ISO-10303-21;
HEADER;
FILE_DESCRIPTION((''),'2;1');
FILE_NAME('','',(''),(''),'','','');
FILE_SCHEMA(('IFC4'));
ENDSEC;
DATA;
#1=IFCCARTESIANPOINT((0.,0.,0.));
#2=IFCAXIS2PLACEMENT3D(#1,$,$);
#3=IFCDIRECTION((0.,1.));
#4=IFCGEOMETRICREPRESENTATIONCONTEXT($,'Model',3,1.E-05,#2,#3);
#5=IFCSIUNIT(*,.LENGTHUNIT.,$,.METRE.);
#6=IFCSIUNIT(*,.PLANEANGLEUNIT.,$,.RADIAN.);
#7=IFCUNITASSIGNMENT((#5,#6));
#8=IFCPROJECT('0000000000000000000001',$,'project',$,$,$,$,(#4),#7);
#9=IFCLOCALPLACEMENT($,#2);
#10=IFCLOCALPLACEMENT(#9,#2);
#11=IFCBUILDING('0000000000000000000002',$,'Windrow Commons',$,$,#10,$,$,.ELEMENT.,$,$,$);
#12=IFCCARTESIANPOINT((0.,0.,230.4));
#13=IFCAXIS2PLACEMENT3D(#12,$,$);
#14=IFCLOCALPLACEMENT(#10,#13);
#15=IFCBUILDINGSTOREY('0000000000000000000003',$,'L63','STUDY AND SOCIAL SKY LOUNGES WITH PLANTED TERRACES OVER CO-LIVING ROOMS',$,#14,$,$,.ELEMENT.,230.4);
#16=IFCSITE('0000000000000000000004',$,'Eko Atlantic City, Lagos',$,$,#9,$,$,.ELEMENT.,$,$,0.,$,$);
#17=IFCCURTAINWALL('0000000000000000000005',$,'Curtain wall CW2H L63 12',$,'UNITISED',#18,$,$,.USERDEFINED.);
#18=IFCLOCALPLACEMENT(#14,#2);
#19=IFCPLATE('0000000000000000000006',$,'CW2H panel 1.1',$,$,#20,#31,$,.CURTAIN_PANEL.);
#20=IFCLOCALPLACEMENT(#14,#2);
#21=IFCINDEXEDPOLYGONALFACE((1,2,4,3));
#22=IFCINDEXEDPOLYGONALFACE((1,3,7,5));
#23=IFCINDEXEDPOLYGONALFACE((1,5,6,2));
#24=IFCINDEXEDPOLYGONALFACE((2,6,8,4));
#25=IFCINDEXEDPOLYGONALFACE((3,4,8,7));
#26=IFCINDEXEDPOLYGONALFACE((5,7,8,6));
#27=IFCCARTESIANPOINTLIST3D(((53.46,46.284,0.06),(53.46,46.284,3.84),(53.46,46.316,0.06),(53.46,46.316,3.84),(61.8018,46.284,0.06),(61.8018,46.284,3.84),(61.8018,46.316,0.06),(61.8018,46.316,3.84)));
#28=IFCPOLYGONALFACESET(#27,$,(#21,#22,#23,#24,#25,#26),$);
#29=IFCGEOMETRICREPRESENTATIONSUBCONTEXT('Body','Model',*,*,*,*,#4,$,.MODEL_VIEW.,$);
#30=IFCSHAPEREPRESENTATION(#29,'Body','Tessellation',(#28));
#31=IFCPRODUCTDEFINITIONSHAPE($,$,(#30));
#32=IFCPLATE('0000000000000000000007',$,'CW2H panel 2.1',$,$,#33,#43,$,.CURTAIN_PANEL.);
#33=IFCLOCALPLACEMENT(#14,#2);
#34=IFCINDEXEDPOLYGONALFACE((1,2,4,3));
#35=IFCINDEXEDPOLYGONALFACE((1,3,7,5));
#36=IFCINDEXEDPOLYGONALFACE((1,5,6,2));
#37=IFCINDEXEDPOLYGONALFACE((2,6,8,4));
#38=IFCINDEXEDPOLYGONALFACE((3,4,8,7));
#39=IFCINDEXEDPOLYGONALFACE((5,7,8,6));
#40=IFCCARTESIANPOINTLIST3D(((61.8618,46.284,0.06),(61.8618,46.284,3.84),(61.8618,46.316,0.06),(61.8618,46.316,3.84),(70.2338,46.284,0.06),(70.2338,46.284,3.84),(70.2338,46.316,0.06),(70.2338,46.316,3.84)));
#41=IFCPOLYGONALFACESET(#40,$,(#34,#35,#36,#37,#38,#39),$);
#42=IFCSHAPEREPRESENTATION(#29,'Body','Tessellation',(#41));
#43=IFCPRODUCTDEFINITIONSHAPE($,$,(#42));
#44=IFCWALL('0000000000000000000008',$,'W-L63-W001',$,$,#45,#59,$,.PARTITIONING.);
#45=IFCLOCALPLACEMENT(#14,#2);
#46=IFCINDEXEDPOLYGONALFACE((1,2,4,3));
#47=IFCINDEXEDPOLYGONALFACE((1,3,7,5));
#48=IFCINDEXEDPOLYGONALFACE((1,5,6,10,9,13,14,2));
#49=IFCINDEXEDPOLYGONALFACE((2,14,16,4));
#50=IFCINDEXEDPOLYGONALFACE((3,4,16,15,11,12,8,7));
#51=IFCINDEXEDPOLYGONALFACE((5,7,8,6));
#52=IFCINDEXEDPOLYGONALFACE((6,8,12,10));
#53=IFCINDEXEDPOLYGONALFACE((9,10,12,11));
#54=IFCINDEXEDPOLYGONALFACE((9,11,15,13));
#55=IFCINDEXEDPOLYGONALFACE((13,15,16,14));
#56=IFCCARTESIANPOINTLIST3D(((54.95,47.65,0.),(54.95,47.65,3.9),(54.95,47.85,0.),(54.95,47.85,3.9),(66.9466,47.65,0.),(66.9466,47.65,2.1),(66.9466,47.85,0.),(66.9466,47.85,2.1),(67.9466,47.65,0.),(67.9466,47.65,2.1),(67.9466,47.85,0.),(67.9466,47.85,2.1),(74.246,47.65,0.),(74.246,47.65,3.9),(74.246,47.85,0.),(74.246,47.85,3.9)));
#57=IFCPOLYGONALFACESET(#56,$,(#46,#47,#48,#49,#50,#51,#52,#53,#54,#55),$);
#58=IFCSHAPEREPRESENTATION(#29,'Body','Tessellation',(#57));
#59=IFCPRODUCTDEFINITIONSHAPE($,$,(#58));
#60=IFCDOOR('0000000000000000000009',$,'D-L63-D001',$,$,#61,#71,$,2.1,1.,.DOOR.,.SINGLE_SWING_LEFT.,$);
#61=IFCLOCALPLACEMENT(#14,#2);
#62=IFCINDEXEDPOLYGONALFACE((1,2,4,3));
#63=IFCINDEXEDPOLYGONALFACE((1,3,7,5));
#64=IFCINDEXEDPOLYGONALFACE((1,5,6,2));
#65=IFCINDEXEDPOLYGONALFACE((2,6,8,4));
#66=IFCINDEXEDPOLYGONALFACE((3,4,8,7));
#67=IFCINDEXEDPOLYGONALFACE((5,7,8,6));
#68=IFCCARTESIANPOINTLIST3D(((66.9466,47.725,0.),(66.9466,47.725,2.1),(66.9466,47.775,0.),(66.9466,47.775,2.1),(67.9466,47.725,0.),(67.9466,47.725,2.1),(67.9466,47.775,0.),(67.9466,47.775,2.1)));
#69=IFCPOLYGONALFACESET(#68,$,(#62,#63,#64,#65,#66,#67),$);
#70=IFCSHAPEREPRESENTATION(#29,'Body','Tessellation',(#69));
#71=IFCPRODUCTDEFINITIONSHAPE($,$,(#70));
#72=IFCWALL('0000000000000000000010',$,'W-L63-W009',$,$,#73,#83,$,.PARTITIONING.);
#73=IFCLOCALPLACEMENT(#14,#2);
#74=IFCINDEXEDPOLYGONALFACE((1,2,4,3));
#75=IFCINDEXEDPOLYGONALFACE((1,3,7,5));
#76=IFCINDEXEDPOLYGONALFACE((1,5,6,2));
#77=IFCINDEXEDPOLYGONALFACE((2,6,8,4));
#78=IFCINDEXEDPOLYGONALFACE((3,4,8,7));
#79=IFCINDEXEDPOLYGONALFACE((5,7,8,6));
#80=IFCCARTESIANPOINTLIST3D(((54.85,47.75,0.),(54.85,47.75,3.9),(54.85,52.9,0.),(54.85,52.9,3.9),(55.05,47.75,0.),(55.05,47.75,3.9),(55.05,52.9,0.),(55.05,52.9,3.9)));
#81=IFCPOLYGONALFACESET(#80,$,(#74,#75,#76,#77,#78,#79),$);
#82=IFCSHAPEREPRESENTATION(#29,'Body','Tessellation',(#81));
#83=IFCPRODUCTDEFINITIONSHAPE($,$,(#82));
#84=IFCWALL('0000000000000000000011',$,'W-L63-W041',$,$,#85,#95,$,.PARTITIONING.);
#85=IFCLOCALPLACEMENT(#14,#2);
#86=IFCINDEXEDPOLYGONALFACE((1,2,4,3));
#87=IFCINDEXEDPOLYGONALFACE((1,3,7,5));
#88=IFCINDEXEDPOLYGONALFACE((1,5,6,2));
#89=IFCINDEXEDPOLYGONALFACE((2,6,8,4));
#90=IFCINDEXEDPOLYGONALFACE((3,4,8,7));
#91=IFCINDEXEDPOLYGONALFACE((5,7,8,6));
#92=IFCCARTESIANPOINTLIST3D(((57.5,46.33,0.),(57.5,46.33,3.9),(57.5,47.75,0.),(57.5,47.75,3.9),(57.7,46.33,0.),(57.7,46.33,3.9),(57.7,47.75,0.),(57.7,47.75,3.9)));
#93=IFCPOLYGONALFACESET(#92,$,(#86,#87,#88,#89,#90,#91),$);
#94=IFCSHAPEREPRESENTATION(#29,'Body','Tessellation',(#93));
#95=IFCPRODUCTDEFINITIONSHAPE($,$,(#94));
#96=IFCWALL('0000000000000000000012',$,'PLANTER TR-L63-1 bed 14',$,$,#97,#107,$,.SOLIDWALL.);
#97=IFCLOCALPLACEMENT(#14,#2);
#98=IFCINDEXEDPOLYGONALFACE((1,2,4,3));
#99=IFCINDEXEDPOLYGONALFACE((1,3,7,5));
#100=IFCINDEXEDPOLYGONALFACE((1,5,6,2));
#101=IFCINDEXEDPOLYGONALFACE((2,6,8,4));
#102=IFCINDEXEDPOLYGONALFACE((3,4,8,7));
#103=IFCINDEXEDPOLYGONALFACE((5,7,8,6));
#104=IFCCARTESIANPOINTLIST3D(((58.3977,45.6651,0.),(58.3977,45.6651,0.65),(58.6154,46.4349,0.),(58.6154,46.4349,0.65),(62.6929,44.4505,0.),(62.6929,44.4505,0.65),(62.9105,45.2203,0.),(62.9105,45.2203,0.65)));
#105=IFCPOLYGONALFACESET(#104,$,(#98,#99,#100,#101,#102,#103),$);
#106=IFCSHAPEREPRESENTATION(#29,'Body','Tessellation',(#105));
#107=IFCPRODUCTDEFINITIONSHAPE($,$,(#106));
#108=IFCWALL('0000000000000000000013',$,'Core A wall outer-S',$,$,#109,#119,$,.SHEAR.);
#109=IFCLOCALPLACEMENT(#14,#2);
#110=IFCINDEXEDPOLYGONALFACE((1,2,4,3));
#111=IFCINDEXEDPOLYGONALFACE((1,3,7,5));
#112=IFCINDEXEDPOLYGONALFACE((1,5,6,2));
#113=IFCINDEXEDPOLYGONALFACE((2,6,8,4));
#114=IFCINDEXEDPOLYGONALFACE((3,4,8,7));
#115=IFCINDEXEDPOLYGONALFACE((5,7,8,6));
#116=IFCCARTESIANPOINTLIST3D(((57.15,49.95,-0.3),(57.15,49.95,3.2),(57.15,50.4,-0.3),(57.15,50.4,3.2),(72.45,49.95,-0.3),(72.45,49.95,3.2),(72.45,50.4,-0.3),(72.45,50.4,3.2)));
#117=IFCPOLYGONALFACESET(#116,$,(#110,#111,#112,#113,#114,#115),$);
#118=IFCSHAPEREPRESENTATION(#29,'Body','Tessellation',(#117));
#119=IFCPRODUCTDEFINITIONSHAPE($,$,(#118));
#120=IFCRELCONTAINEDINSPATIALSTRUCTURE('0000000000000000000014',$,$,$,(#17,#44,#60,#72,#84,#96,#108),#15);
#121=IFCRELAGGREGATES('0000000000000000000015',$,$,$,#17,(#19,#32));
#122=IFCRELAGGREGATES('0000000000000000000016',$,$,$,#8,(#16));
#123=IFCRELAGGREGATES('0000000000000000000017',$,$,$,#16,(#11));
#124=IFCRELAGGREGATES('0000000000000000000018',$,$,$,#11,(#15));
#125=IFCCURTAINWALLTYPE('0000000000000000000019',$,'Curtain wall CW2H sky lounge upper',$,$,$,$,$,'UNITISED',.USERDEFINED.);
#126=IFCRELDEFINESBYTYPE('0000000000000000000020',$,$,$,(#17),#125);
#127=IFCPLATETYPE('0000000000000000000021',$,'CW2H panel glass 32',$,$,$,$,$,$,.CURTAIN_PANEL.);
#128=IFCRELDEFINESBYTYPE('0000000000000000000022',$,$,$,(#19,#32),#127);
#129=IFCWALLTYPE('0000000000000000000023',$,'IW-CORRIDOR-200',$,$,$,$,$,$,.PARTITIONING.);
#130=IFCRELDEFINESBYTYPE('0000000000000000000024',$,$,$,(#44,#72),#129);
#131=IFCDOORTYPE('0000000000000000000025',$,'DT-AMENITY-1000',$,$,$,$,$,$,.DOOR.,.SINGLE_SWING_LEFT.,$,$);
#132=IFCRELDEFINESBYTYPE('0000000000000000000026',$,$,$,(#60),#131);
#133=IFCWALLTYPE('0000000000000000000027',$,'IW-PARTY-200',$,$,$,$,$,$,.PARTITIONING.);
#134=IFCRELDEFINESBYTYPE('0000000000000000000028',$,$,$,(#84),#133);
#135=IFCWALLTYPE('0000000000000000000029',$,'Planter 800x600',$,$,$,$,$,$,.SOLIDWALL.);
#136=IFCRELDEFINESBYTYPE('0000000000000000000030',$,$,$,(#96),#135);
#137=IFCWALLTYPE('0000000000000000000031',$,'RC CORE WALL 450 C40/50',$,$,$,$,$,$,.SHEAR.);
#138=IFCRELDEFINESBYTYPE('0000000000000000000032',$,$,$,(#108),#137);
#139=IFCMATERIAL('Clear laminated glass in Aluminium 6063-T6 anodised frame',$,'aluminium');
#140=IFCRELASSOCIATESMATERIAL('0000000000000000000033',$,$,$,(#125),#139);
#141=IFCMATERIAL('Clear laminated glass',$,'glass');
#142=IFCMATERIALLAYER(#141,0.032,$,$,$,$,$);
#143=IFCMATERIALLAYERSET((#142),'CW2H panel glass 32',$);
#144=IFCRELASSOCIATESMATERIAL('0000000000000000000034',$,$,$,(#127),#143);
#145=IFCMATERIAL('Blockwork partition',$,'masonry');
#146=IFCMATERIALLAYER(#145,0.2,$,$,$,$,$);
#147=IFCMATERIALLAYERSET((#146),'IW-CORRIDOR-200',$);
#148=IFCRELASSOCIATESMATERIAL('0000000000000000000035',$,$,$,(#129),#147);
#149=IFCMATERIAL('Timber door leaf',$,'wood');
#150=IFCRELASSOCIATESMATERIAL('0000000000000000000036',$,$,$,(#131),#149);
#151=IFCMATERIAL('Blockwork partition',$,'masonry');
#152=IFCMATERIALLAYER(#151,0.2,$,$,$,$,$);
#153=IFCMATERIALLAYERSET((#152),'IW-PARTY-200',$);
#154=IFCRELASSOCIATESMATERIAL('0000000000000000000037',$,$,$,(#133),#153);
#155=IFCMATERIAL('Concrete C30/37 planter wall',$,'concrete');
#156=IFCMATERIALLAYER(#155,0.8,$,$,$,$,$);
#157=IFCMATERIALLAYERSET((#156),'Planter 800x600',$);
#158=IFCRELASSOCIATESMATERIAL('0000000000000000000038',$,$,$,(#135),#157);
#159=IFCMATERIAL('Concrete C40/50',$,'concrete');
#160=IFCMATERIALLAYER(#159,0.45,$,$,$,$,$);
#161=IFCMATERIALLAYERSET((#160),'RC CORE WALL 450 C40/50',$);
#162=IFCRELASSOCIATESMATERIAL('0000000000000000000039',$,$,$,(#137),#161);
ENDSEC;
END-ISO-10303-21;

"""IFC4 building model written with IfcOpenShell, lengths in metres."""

from ifc_helpers import new_model, si_unit, direction, frame, frame_2d, origin, origin_2d, place, context, subcontext, project, spatial, rectangle, extrude, material, layer, layer_set, type_object, element, fill, aggregate, save


model = new_model("IFC4")

# Units and contexts
model_context = context("Model", 3, precision=1e-05, world=origin(), true_north=direction((0.0, 1.0)))
body_context = subcontext(model_context, "Body", "Model", "MODEL_VIEW")
ifc_project = project(units=[si_unit("LENGTHUNIT", "METRE"), si_unit("PLANEANGLEUNIT", "RADIAN")], contexts=[model_context])

# Site, building, storey
site_placement = place(None, origin())
site = spatial("IfcSite", under=ifc_project, at=site_placement, Name="Eko Atlantic City, Lagos", CompositionType="ELEMENT", RefElevation=0.0)
building_placement = place(site_placement, origin())
building = spatial("IfcBuilding", under=site, at=building_placement, Name="Windrow Commons", CompositionType="ELEMENT")
storey_placement = place(building_placement, frame((0.0, 0.0, 230.4)))
storey = spatial("IfcBuildingStorey", under=building, at=storey_placement, Name="L63", Description="STUDY AND SOCIAL SKY LOUNGES WITH PLANTED TERRACES OVER CO-LIVING ROOMS", CompositionType="ELEMENT", Elevation=230.4)

# Shared definitions
ifc_material_1 = material(Name="Clear laminated glass in Aluminium 6063-T6 anodised frame", Category="aluminium")
curtain_wall_type = type_object("IfcCurtainWallType", Name="Curtain wall CW2H sky lounge upper", ElementType="UNITISED", PredefinedType="USERDEFINED", material=ifc_material_1)
placement = place(storey_placement, origin())

# Curtain wall
curtain_wall_1 = element("IfcCurtainWall", 1, at=placement, inside=storey, type_object=curtain_wall_type, Name="Curtain wall CW2H L63 12", ObjectType="UNITISED", PredefinedType="USERDEFINED")

# Plates
ifc_material_2 = material(Name="Clear laminated glass", Category="glass")
ifc_layer_1 = layer(ifc_material_2, 0.032)
ifc_layer_set_1 = layer_set([ifc_layer_1], Name="CW2H panel glass 32")
plate_type = type_object("IfcPlateType", Name="CW2H panel glass 32", PredefinedType="CURTAIN_PANEL", material=ifc_layer_set_1)
plate_1_placement = place(storey_placement, frame((57.6309, 46.3, 0.06), z_axis=(0.0, 0.0, 1.0), x_axis=(1.0, 0.0, 0.0)))
plate_1 = element("IfcPlate", 2, at=plate_1_placement, type_object=plate_type, Name="CW2H panel 1.1", PredefinedType="CURTAIN_PANEL", context=body_context, shape_type="SweptSolid", body=[
    extrude(rectangle(XDim=8.3419, YDim=0.032, at=origin_2d()), origin(), (0.0, 0.0, 1.0), 3.78),
])
plate_2_placement = place(storey_placement, frame((66.0478, 46.3, 0.06), z_axis=(0.0, 0.0, 1.0), x_axis=(1.0, 0.0, 0.0)))
plate_2 = element("IfcPlate", 3, at=plate_2_placement, type_object=plate_type, Name="CW2H panel 2.1", PredefinedType="CURTAIN_PANEL", context=body_context, shape_type="SweptSolid", body=[
    extrude(rectangle(XDim=8.3719, YDim=0.032, at=origin_2d()), origin(), (0.0, 0.0, 1.0), 3.78),
])
aggregate(curtain_wall_1, [plate_1, plate_2])

# Wall, opening, door
ifc_material_3 = material(Name="Blockwork partition", Category="masonry")
ifc_layer_2 = layer(ifc_material_3, 0.2)
ifc_layer_set_2 = layer_set([ifc_layer_2], Name="IW-CORRIDOR-200")
wall_type_1 = type_object("IfcWallType", Name="IW-CORRIDOR-200", PredefinedType="PARTITIONING", material=ifc_layer_set_2)
wall_1_placement = place(storey_placement, frame((54.95, 47.75, 0.0), z_axis=(0.0, 0.0, 1.0), x_axis=(1.0, 0.0, 0.0)))
wall_1 = element("IfcWall", 4, at=wall_1_placement, inside=storey, type_object=wall_type_1, Name="W-L63-W001", PredefinedType="PARTITIONING", context=body_context, shape_type="SweptSolid", body=[
    extrude(rectangle(XDim=19.296, YDim=0.2, at=frame_2d((9.648, 0.0))), origin(), (0.0, 0.0, 1.0), 3.9),
])
opening_placement = place(wall_1_placement, frame((11.9966, 0.0, 0.0)))
opening = element("IfcOpeningElement", 5, at=opening_placement, cuts=wall_1, PredefinedType="OPENING", context=body_context, shape_type="SweptSolid", body=[
    extrude(rectangle(XDim=1.0, YDim=2.1, at=frame_2d((0.5, 1.05))), frame((0.0, 0.11, 0.0), z_axis=(0.0, -1.0, 0.0), x_axis=(1.0, 0.0, 0.0)), (0.0, 0.0, 1.0), 0.22),
])
ifc_material_4 = material(Name="Timber door leaf", Category="wood")
door_type = type_object("IfcDoorType", Name="DT-AMENITY-1000", OperationType="SINGLE_SWING_LEFT", PredefinedType="DOOR", material=ifc_material_4)
door_placement = place(opening_placement, origin())
door = element("IfcDoor", 6, at=door_placement, inside=storey, type_object=door_type, Name="D-L63-D001", OperationType="SINGLE_SWING_LEFT", OverallHeight=2.1, OverallWidth=1.0, PredefinedType="DOOR", context=body_context, shape_type="SweptSolid", body=[
    extrude(rectangle(XDim=1.0, YDim=2.1, at=frame_2d((0.5, 1.05))), frame((0.0, 0.025, 0.0), z_axis=(0.0, -1.0, 0.0), x_axis=(1.0, 0.0, 0.0)), (0.0, 0.0, 1.0), 0.05),
])
fill(opening, door)

# Walls
wall_2_placement = place(storey_placement, frame((54.95, 47.75, 0.0), z_axis=(0.0, 0.0, 1.0), x_axis=(0.0, 1.0, 0.0)))
element("IfcWall", 7, at=wall_2_placement, inside=storey, type_object=wall_type_1, Name="W-L63-W009", PredefinedType="PARTITIONING", context=body_context, shape_type="SweptSolid", body=[
    extrude(rectangle(XDim=5.15, YDim=0.2, at=frame_2d((2.575, 0.0))), origin(), (0.0, 0.0, 1.0), 3.9),
])
ifc_material_5 = material(Name="Blockwork partition", Category="masonry")
ifc_layer_3 = layer(ifc_material_5, 0.2)
ifc_layer_set_3 = layer_set([ifc_layer_3], Name="IW-PARTY-200")
wall_type_2 = type_object("IfcWallType", Name="IW-PARTY-200", PredefinedType="PARTITIONING", material=ifc_layer_set_3)
wall_3_placement = place(storey_placement, frame((57.6, 46.33, 0.0), z_axis=(0.0, 0.0, 1.0), x_axis=(0.0, 1.0, 0.0)))
element("IfcWall", 8, at=wall_3_placement, inside=storey, type_object=wall_type_2, Name="W-L63-W041", PredefinedType="PARTITIONING", context=body_context, shape_type="SweptSolid", body=[
    extrude(rectangle(XDim=1.42, YDim=0.2, at=frame_2d((0.71, 0.0))), origin(), (0.0, 0.0, 1.0), 3.9),
])
ifc_material_6 = material(Name="Concrete C30/37 planter wall", Category="concrete")
ifc_layer_4 = layer(ifc_material_6, 0.8)
ifc_layer_set_4 = layer_set([ifc_layer_4], Name="Planter 800x600")
wall_type_3 = type_object("IfcWallType", Name="Planter 800x600", PredefinedType="SOLIDWALL", material=ifc_layer_set_4)
wall_4_placement = place(storey_placement, frame((62.8017, 44.8354, 0.0), z_axis=(0.0, 0.0, 1.0), x_axis=(-0.962266, 0.27211, 0.0)))
element("IfcWall", 9, at=wall_4_placement, inside=storey, type_object=wall_type_3, Name="PLANTER TR-L63-1 bed 14", PredefinedType="SOLIDWALL", context=body_context, shape_type="SweptSolid", body=[
    extrude(rectangle(XDim=4.4636, YDim=0.8, at=frame_2d((2.2318, 0.0))), origin(), (0.0, 0.0, 1.0), 0.65),
])
ifc_material_7 = material(Name="Concrete C40/50", Category="concrete")
ifc_layer_5 = layer(ifc_material_7, 0.45)
ifc_layer_set_5 = layer_set([ifc_layer_5], Name="RC CORE WALL 450 C40/50")
wall_type_4 = type_object("IfcWallType", Name="RC CORE WALL 450 C40/50", PredefinedType="SHEAR", material=ifc_layer_set_5)
wall_5_placement = place(storey_placement, frame((57.15, 50.175, -0.3), z_axis=(0.0, 0.0, 1.0), x_axis=(1.0, 0.0, 0.0)))
element("IfcWall", 10, at=wall_5_placement, inside=storey, type_object=wall_type_4, Name="Core A wall outer-S", PredefinedType="SHEAR", context=body_context, shape_type="SweptSolid", body=[
    extrude(rectangle(XDim=15.3, YDim=0.45, at=frame_2d((7.65, 0.0))), origin(), (0.0, 0.0, 1.0), 3.5),
])

save(model, "model.ifc")
